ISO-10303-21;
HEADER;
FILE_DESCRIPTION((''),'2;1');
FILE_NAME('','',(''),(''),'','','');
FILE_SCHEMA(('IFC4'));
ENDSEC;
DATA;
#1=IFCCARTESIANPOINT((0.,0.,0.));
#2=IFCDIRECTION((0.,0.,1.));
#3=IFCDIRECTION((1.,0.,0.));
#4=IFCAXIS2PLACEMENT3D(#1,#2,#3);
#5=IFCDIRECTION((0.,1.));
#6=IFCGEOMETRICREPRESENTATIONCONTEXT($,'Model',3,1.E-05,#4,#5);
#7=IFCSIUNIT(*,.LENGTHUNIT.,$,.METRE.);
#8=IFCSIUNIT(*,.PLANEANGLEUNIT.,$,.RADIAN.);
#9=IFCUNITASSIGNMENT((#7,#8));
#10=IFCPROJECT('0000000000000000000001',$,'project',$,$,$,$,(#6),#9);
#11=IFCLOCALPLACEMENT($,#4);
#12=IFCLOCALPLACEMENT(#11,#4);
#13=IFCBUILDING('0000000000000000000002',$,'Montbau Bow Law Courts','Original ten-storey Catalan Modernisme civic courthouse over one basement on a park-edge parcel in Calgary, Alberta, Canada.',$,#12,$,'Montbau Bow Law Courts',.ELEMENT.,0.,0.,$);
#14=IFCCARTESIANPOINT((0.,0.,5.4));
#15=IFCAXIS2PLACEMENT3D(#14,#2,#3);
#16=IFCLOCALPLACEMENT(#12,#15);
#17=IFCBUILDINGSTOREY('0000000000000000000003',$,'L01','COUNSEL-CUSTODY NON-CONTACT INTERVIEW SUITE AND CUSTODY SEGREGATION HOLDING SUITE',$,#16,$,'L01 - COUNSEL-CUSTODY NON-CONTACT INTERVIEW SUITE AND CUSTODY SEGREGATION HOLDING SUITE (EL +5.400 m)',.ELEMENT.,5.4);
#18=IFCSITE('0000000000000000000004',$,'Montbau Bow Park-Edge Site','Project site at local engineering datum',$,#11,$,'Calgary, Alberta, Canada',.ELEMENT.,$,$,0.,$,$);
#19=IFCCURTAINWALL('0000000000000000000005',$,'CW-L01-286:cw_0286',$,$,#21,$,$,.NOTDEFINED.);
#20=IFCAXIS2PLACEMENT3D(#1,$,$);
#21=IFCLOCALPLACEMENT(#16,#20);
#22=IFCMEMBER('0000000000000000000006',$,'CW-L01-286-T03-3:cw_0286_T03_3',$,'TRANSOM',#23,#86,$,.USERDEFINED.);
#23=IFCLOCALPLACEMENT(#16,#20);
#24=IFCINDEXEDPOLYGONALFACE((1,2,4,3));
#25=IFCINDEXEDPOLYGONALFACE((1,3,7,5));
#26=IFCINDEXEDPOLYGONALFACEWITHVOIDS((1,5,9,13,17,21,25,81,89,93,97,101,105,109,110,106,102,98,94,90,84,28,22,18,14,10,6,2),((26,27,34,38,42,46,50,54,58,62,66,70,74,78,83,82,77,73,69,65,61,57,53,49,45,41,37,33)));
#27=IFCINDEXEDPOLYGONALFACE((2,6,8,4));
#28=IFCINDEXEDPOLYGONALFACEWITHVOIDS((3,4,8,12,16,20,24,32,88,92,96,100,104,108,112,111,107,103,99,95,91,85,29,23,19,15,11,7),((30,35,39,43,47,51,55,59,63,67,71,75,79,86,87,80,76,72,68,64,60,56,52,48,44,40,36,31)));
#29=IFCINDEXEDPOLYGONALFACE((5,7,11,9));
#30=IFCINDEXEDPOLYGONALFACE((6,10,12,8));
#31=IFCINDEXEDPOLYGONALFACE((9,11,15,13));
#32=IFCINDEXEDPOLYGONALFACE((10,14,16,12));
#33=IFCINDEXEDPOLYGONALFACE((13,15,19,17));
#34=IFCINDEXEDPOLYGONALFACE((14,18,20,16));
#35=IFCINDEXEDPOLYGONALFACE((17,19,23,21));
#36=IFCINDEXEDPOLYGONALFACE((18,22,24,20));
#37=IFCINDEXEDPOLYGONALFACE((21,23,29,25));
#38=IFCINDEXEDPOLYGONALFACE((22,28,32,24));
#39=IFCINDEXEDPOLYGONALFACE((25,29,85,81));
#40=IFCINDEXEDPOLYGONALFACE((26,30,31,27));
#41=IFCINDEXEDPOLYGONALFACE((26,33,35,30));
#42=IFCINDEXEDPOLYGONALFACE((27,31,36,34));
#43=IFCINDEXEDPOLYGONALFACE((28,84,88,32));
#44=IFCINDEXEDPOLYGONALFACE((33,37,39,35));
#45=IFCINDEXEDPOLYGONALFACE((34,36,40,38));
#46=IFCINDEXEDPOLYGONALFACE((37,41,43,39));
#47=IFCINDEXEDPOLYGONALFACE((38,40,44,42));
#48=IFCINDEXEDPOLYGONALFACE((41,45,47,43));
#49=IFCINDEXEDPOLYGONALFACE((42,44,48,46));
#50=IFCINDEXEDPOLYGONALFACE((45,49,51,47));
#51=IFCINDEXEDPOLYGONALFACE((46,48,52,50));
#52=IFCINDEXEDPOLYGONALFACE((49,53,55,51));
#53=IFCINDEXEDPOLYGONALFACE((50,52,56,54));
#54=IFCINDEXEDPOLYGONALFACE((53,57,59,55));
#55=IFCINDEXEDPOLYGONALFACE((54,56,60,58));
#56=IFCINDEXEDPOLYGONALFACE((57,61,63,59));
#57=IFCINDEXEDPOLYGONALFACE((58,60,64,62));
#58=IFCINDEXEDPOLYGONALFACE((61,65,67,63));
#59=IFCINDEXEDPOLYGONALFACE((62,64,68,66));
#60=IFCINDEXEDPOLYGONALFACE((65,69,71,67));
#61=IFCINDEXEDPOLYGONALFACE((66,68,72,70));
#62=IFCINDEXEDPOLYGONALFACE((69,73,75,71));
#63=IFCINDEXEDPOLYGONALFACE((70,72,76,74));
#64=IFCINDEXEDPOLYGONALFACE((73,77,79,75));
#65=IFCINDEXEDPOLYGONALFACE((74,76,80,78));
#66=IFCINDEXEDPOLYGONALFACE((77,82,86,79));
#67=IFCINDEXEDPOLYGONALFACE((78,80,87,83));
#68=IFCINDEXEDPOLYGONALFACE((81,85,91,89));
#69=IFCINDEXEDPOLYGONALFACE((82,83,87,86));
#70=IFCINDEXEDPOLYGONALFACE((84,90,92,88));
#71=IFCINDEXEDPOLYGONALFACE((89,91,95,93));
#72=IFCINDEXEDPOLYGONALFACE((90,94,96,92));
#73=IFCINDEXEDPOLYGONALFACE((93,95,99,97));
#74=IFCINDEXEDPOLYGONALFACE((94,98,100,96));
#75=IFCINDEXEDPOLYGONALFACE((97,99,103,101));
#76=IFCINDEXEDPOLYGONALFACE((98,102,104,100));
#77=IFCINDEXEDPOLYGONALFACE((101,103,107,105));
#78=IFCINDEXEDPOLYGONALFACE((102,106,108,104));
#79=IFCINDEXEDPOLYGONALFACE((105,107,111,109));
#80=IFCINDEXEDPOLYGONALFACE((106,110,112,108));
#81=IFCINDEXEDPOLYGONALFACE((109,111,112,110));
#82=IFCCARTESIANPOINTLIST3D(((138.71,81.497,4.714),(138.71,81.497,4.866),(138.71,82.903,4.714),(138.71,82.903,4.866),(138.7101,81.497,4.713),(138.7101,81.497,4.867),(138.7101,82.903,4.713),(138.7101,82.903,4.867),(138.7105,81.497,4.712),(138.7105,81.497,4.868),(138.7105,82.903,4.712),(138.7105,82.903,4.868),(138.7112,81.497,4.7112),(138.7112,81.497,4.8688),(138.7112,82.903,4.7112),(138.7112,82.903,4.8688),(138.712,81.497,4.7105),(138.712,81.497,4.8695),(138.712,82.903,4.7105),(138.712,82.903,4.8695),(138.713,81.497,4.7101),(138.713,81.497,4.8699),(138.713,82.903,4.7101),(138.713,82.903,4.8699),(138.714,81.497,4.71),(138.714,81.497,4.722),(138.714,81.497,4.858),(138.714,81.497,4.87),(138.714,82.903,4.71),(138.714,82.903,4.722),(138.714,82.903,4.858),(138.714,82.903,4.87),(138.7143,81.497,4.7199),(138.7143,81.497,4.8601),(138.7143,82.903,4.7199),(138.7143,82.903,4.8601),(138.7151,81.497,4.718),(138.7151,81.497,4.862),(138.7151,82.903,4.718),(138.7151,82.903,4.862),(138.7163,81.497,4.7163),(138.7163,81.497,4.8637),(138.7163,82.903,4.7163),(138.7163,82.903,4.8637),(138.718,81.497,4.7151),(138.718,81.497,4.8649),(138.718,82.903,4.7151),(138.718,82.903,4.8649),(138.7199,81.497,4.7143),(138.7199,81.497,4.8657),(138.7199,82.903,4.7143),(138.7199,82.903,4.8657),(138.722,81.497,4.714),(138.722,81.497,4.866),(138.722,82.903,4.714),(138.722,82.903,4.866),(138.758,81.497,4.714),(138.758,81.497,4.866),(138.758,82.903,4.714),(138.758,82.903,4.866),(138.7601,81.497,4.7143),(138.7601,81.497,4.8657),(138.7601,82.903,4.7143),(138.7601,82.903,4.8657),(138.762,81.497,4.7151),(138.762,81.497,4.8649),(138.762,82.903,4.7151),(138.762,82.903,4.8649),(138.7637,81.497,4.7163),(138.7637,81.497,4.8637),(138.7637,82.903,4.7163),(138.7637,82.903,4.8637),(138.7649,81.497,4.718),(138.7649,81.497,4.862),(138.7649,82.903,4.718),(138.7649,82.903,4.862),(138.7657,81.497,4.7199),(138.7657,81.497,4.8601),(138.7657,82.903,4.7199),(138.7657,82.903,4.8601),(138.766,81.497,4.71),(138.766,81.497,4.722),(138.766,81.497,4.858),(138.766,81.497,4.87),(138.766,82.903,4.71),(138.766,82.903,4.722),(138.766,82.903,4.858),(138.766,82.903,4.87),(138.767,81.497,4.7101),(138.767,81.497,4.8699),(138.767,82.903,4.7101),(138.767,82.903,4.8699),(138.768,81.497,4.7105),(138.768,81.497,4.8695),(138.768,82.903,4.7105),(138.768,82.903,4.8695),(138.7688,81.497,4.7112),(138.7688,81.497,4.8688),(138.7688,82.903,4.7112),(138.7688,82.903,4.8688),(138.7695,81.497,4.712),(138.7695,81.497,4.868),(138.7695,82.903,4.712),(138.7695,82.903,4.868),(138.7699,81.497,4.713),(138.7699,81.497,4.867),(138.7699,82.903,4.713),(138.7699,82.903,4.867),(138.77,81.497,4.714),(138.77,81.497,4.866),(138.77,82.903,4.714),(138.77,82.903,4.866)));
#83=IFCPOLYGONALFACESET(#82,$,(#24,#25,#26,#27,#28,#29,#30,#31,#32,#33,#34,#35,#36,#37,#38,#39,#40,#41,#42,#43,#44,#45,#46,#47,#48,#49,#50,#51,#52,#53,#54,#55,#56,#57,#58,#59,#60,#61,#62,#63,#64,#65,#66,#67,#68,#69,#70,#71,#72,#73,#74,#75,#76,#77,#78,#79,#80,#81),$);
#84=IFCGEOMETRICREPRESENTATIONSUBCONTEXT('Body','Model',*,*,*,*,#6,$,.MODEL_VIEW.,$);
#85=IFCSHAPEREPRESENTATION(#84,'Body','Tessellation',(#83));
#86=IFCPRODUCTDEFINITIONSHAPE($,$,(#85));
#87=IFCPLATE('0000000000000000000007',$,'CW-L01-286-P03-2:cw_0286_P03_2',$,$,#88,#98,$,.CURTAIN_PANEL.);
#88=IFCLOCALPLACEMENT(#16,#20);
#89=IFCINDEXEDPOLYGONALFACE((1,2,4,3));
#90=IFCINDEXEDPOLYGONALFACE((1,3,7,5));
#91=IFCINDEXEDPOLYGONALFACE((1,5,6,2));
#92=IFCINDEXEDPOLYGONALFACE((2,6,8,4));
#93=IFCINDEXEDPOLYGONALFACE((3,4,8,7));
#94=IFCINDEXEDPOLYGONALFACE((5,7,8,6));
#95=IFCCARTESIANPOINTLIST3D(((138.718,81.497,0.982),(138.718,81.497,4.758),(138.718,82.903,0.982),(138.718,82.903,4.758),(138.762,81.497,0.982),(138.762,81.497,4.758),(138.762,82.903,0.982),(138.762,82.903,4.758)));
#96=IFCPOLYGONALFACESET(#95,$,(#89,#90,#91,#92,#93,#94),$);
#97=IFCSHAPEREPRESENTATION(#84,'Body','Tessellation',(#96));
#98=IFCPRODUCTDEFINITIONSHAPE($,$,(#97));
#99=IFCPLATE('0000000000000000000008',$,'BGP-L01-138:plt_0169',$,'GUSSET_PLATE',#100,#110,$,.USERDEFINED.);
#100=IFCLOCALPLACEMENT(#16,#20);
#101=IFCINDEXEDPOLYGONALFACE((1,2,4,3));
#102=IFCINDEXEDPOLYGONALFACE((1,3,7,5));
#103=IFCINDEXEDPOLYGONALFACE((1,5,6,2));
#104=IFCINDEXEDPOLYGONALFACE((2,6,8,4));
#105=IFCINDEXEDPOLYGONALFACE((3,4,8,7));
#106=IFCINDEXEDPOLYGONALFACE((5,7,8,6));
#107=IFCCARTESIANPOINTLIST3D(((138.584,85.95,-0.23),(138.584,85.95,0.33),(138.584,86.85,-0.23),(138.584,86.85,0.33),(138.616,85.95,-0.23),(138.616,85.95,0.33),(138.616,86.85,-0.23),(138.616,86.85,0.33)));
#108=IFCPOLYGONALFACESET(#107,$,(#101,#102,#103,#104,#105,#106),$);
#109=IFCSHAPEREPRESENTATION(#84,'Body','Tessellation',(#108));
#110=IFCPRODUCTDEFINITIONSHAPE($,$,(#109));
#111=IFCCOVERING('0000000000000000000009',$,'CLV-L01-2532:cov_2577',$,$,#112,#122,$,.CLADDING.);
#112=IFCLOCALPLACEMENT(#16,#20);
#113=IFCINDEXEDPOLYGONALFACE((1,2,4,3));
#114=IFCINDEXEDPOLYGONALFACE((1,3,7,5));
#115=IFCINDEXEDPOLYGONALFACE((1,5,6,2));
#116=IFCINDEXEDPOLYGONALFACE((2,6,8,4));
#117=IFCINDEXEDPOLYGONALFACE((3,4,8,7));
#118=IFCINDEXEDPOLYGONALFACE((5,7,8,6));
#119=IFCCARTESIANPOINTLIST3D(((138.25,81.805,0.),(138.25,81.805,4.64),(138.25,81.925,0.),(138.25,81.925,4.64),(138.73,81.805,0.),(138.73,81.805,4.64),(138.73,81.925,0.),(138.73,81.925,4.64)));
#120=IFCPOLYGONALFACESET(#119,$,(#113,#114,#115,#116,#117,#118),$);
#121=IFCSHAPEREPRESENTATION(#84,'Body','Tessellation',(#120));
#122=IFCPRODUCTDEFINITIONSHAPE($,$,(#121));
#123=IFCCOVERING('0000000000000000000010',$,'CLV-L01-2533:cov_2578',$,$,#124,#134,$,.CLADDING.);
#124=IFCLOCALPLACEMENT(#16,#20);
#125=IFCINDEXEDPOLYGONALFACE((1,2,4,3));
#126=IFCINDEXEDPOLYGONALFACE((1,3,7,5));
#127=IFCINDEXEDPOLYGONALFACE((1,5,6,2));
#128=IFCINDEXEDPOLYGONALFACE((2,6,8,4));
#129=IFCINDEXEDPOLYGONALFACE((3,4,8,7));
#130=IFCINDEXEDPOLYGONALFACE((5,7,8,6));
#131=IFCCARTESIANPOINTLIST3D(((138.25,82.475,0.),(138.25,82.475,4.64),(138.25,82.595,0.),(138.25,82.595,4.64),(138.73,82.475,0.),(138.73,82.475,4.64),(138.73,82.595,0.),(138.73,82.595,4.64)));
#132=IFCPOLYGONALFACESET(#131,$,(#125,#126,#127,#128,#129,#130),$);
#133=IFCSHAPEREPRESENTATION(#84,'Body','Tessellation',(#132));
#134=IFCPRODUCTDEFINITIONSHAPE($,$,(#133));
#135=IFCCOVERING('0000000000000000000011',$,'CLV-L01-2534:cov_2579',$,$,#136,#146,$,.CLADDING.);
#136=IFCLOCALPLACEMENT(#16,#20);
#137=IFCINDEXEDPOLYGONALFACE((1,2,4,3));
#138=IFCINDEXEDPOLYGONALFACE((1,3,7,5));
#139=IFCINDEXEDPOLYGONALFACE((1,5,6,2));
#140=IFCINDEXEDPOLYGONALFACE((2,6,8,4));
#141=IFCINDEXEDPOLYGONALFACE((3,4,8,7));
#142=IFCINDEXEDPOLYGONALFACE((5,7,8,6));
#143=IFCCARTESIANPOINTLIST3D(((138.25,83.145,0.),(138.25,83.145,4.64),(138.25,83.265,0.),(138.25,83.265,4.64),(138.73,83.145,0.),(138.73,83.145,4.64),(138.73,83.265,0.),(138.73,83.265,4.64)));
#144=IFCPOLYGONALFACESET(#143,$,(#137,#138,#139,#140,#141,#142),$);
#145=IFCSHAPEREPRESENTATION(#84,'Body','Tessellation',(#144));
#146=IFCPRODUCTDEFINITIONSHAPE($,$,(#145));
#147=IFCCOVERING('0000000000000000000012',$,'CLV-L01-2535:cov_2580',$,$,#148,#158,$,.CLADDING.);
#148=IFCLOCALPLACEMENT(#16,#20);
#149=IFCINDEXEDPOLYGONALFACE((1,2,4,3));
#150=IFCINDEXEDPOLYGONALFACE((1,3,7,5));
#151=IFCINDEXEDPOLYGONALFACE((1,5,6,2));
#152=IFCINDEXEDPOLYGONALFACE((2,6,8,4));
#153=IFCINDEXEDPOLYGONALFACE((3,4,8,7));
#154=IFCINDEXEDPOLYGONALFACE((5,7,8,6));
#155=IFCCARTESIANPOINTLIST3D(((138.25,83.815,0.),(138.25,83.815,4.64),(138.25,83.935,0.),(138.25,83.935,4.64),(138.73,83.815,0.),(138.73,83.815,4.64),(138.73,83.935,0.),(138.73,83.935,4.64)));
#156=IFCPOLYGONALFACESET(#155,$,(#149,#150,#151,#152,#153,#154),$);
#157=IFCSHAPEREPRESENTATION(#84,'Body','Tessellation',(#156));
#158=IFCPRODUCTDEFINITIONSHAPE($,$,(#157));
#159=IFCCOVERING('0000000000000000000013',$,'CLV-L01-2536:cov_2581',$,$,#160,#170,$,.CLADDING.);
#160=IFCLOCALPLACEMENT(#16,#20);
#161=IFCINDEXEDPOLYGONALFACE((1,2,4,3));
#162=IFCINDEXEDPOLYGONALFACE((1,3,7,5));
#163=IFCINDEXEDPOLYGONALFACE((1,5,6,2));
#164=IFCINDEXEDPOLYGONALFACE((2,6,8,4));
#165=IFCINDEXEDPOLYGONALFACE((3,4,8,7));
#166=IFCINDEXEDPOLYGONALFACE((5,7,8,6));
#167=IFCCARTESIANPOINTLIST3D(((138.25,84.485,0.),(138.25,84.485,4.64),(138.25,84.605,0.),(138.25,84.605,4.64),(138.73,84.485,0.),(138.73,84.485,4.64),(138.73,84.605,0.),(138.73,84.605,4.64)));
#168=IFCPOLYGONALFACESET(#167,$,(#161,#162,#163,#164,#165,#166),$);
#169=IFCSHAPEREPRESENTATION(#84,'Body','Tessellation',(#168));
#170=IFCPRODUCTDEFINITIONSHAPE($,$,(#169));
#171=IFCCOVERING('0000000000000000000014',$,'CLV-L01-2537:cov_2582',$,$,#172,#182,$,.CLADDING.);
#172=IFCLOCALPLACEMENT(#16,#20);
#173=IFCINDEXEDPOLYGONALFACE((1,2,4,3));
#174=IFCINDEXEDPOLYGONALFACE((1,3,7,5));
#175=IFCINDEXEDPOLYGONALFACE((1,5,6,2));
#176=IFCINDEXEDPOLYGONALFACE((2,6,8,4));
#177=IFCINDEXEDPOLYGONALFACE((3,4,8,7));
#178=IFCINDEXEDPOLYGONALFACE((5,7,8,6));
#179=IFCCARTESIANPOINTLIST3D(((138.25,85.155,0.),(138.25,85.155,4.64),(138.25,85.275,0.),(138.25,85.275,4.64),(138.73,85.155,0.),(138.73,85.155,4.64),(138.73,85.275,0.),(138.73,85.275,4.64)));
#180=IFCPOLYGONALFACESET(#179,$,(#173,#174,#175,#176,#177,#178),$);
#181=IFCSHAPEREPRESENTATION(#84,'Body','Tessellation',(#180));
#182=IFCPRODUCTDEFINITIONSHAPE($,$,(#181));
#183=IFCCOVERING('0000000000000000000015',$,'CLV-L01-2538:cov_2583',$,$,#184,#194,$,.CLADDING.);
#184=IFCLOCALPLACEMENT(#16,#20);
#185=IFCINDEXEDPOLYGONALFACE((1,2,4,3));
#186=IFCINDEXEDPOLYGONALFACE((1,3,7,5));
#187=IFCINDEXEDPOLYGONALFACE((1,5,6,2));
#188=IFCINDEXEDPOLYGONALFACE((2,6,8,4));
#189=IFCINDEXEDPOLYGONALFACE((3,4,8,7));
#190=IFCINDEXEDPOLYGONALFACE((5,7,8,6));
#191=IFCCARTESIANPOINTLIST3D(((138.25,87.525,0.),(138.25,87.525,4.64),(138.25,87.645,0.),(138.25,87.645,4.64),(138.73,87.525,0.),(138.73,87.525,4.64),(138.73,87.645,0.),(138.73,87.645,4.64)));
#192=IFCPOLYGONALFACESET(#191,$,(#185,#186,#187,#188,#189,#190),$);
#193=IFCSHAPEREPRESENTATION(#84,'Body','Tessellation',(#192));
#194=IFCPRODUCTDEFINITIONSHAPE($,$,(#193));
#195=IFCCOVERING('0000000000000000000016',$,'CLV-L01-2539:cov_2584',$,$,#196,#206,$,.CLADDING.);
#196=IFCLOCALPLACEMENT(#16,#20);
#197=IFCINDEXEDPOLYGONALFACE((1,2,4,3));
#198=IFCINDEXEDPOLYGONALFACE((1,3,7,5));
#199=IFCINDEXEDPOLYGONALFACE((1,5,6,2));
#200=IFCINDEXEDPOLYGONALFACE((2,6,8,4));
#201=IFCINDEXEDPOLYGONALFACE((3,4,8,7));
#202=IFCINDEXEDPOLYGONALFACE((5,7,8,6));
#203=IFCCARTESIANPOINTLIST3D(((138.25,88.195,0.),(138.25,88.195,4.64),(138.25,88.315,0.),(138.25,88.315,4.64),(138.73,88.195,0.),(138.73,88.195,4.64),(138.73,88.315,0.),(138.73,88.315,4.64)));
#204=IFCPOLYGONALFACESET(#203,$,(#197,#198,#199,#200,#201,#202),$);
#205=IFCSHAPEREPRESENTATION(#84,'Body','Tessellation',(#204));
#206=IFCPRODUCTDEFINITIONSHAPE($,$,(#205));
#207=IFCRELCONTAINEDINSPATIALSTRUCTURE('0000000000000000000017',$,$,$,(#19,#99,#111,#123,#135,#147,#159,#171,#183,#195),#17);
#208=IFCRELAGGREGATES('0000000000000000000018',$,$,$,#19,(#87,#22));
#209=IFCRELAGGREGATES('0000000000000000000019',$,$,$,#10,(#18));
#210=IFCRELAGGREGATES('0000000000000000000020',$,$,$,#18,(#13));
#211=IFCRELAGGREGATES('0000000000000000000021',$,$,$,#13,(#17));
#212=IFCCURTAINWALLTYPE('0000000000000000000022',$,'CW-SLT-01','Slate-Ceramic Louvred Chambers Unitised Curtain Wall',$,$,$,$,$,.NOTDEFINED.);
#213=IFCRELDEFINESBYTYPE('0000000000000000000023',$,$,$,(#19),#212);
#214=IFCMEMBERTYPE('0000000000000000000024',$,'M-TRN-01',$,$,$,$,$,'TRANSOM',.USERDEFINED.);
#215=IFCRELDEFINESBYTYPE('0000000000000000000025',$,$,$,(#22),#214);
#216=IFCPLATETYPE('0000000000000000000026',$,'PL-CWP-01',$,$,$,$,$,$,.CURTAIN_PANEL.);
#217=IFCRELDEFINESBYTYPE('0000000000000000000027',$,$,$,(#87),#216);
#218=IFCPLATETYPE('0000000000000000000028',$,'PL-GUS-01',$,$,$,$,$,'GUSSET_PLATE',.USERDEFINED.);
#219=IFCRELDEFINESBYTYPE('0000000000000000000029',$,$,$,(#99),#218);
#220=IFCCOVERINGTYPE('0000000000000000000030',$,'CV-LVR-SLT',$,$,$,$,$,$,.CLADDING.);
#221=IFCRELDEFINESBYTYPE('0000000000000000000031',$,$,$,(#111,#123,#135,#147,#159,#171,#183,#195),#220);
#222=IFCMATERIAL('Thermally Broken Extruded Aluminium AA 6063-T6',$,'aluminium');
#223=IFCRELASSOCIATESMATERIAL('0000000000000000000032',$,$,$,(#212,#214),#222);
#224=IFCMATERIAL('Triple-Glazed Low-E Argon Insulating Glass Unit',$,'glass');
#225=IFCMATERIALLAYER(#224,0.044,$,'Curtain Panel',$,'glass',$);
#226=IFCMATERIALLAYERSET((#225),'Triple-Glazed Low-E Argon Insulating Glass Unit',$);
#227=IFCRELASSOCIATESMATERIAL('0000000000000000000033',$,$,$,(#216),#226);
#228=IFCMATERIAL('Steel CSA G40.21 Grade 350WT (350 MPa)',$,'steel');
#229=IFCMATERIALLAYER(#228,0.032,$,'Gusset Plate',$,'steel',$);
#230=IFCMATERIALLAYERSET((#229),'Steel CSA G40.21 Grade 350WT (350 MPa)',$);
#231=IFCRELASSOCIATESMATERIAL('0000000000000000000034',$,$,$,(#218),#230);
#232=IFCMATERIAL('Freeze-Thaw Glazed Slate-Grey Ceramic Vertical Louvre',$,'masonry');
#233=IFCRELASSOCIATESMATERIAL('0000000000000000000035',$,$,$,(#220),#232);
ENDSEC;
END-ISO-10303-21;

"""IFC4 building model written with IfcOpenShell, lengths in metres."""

from ifc_helpers import new_model, si_unit, direction, frame, frame_2d, origin_with_axes, origin_2d_with_axis, place, context, subcontext, project, spatial, rectangle, hollow_rectangle, extrude, material, layer, layer_set, material_profile, profile_set, type_object, element, aggregate, save


model = new_model("IFC4")

# Units and contexts
model_context = context("Model", 3, precision=1e-05, world=origin_with_axes(), true_north=direction((0.0, 1.0)))
body_context = subcontext(model_context, "Body", "Model", "MODEL_VIEW")
ifc_project = project(units=[si_unit("LENGTHUNIT", "METRE"), si_unit("PLANEANGLEUNIT", "RADIAN")], contexts=[model_context])

# Site, building, storey
site_placement = place(None, origin_with_axes())
site = spatial("IfcSite", under=ifc_project, at=site_placement, Name="Montbau Bow Park-Edge Site", Description="Project site at local engineering datum", LongName="Calgary, Alberta, Canada", CompositionType="ELEMENT", RefElevation=0.0)
building_placement = place(site_placement, origin_with_axes())
building = spatial("IfcBuilding", under=site, at=building_placement, Name="Montbau Bow Law Courts", Description="Original ten-storey Catalan Modernisme civic courthouse over one basement on a park-edge parcel in Calgary, Alberta, Canada.", LongName="Montbau Bow Law Courts", CompositionType="ELEMENT", ElevationOfRefHeight=0.0, ElevationOfTerrain=0.0)
storey_placement = place(building_placement, frame((0.0, 0.0, 5.4), z_axis=(0.0, 0.0, 1.0), x_axis=(1.0, 0.0, 0.0)))
storey = spatial("IfcBuildingStorey", under=building, at=storey_placement, Name="L01", Description="COUNSEL-CUSTODY NON-CONTACT INTERVIEW SUITE AND CUSTODY SEGREGATION HOLDING SUITE", LongName="L01 - COUNSEL-CUSTODY NON-CONTACT INTERVIEW SUITE AND CUSTODY SEGREGATION HOLDING SUITE (EL +5.400 m)", CompositionType="ELEMENT", Elevation=5.4)

# Shared definitions
ifc_material_1 = material(Name="Steel CSA G40.21 Grade 350WT (350 MPa)", Category="steel")

# Curtain wall, member, plate
ifc_material_2 = material(Name="Thermally Broken Extruded Aluminium AA 6063-T6", Category="aluminium")
curtain_wall_type = type_object("IfcCurtainWallType", Name="CW-SLT-01", Description="Slate-Ceramic Louvred Chambers Unitised Curtain Wall", PredefinedType="NOTDEFINED", material=ifc_material_2)
curtain_wall_placement = place(None, frame((138.74, 78.515, 5.4), z_axis=(0.0, 0.0, 1.0), x_axis=(1.0, 0.0, 0.0)))
curtain_wall = element("IfcCurtainWall", 1, at=curtain_wall_placement, inside=storey, type_object=curtain_wall_type, Name="CW-L01-286:cw_0286", PredefinedType="NOTDEFINED")
ifc_material_profile_1 = material_profile(ifc_material_2, hollow_rectangle(XDim=0.06, YDim=0.16, WallThickness=0.004, InnerFilletRadius=0.008, OuterFilletRadius=0.004, at=origin_2d_with_axis()), Name="CWT-160X60", Category="Main", Priority=0)
ifc_profile_set_1 = profile_set([ifc_material_profile_1], Name="Thermally Broken Extruded Aluminium AA 6063-T6")
member_type_1 = type_object("IfcMemberType", Name="M-TRN-01", ElementType="TRANSOM", PredefinedType="USERDEFINED", material=ifc_profile_set_1)
member_1_placement = place(None, frame((138.74, 81.497, 10.19), z_axis=(0.0, 1.0, 0.0), x_axis=(-1.0, 0.0, 0.0)))
member_1 = element("IfcMember", 2, at=member_1_placement, type_object=member_type_1, Name="CW-L01-286-T03-3:cw_0286_T03_3", ObjectType="TRANSOM", PredefinedType="USERDEFINED", context=body_context, shape_type="SweptSolid", body=[
    extrude(hollow_rectangle(XDim=0.06, YDim=0.16, WallThickness=0.004, InnerFilletRadius=0.008, OuterFilletRadius=0.004, at=origin_2d_with_axis()), origin_with_axes(), (0.0, 0.0, 1.0), 1.406),
])
ifc_material_3 = material(Name="Triple-Glazed Low-E Argon Insulating Glass Unit", Category="glass")
ifc_layer_1 = layer(ifc_material_3, 0.044, Name="Curtain Panel", Category="glass")
ifc_layer_set_1 = layer_set([ifc_layer_1], Name="Triple-Glazed Low-E Argon Insulating Glass Unit")
plate_type_1 = type_object("IfcPlateType", Name="PL-CWP-01", PredefinedType="CURTAIN_PANEL", material=ifc_layer_set_1)
plate_1_placement = place(None, frame((138.74, 81.497, 6.382), z_axis=(1.0, 0.0, 0.0), x_axis=(0.0, 1.0, 0.0)))
plate_1 = element("IfcPlate", 3, at=plate_1_placement, type_object=plate_type_1, Name="CW-L01-286-P03-2:cw_0286_P03_2", PredefinedType="CURTAIN_PANEL", context=body_context, shape_type="SweptSolid", body=[
    extrude(rectangle(XDim=1.406, YDim=3.776, at=frame_2d((0.703, 1.888), x_axis=(1.0, 0.0))), frame((0.0, 0.0, -0.022), z_axis=(0.0, 0.0, 1.0), x_axis=(1.0, 0.0, 0.0)), (0.0, 0.0, 1.0), 0.044),
])
aggregate(curtain_wall, [plate_1, member_1])

# Plate
ifc_layer_2 = layer(ifc_material_1, 0.032, Name="Gusset Plate", Category="steel")
ifc_layer_set_2 = layer_set([ifc_layer_2], Name="Steel CSA G40.21 Grade 350WT (350 MPa)")
plate_type_2 = type_object("IfcPlateType", Name="PL-GUS-01", ElementType="GUSSET_PLATE", PredefinedType="USERDEFINED", material=ifc_layer_set_2)
plate_2_placement = place(None, frame((138.6, 86.4, 5.17), z_axis=(0.0, 0.0, 1.0), x_axis=(0.0, 1.0, 0.0)))
element("IfcPlate", 4, at=plate_2_placement, inside=storey, type_object=plate_type_2, Name="BGP-L01-138:plt_0169", ObjectType="GUSSET_PLATE", PredefinedType="USERDEFINED", context=body_context, shape_type="SweptSolid", body=[
    extrude(rectangle(XDim=0.9, YDim=0.032, at=origin_2d_with_axis()), origin_with_axes(), (0.0, 0.0, 1.0), 0.56),
])

# Coverings
ifc_material_4 = material(Name="Freeze-Thaw Glazed Slate-Grey Ceramic Vertical Louvre", Category="masonry")
covering_type = type_object("IfcCoveringType", Name="CV-LVR-SLT", PredefinedType="CLADDING", material=ifc_material_4)
for number, where, z_axis, x_axis, name in (
    (5, (138.73, 81.865, 5.4), (0.0, 1.0, 0.0), (-1.0, 0.0, 0.0), "CLV-L01-2532:cov_2577"),
    (6, (138.73, 82.535, 5.4), (0.0, 1.0, 0.0), (-1.0, 0.0, 0.0), "CLV-L01-2533:cov_2578"),
    (7, (138.73, 83.205, 5.4), (0.0, 1.0, 0.0), (-1.0, 0.0, 0.0), "CLV-L01-2534:cov_2579"),
    (8, (138.73, 83.875, 5.4), (0.0, 1.0, 0.0), (-1.0, 0.0, 0.0), "CLV-L01-2535:cov_2580"),
    (9, (138.73, 84.545, 5.4), (0.0, 1.0, 0.0), (-1.0, 0.0, 0.0), "CLV-L01-2536:cov_2581"),
    (10, (138.73, 85.215, 5.4), (0.0, 1.0, 0.0), (-1.0, 0.0, 0.0), "CLV-L01-2537:cov_2582"),
    (11, (138.73, 87.585, 5.4), (0.0, 1.0, 0.0), (-1.0, 0.0, 0.0), "CLV-L01-2538:cov_2583"),
    (12, (138.73, 88.255, 5.4), (0.0, 1.0, 0.0), (-1.0, 0.0, 0.0), "CLV-L01-2539:cov_2584"),
):
    element("IfcCovering", number, at=place(None, frame(where, z_axis=z_axis, x_axis=x_axis)), inside=storey, type_object=covering_type, Name=name, PredefinedType="CLADDING", context=body_context, shape_type="SweptSolid", body=[
        extrude(rectangle(XDim=0.48, YDim=4.64, at=frame_2d((0.24, 2.32), x_axis=(1.0, 0.0))), frame((0.0, 0.0, -0.06), z_axis=(0.0, 0.0, 1.0), x_axis=(1.0, 0.0, 0.0)), (0.0, 0.0, 1.0), 0.12),
    ])

save(model, "model.ifc")
